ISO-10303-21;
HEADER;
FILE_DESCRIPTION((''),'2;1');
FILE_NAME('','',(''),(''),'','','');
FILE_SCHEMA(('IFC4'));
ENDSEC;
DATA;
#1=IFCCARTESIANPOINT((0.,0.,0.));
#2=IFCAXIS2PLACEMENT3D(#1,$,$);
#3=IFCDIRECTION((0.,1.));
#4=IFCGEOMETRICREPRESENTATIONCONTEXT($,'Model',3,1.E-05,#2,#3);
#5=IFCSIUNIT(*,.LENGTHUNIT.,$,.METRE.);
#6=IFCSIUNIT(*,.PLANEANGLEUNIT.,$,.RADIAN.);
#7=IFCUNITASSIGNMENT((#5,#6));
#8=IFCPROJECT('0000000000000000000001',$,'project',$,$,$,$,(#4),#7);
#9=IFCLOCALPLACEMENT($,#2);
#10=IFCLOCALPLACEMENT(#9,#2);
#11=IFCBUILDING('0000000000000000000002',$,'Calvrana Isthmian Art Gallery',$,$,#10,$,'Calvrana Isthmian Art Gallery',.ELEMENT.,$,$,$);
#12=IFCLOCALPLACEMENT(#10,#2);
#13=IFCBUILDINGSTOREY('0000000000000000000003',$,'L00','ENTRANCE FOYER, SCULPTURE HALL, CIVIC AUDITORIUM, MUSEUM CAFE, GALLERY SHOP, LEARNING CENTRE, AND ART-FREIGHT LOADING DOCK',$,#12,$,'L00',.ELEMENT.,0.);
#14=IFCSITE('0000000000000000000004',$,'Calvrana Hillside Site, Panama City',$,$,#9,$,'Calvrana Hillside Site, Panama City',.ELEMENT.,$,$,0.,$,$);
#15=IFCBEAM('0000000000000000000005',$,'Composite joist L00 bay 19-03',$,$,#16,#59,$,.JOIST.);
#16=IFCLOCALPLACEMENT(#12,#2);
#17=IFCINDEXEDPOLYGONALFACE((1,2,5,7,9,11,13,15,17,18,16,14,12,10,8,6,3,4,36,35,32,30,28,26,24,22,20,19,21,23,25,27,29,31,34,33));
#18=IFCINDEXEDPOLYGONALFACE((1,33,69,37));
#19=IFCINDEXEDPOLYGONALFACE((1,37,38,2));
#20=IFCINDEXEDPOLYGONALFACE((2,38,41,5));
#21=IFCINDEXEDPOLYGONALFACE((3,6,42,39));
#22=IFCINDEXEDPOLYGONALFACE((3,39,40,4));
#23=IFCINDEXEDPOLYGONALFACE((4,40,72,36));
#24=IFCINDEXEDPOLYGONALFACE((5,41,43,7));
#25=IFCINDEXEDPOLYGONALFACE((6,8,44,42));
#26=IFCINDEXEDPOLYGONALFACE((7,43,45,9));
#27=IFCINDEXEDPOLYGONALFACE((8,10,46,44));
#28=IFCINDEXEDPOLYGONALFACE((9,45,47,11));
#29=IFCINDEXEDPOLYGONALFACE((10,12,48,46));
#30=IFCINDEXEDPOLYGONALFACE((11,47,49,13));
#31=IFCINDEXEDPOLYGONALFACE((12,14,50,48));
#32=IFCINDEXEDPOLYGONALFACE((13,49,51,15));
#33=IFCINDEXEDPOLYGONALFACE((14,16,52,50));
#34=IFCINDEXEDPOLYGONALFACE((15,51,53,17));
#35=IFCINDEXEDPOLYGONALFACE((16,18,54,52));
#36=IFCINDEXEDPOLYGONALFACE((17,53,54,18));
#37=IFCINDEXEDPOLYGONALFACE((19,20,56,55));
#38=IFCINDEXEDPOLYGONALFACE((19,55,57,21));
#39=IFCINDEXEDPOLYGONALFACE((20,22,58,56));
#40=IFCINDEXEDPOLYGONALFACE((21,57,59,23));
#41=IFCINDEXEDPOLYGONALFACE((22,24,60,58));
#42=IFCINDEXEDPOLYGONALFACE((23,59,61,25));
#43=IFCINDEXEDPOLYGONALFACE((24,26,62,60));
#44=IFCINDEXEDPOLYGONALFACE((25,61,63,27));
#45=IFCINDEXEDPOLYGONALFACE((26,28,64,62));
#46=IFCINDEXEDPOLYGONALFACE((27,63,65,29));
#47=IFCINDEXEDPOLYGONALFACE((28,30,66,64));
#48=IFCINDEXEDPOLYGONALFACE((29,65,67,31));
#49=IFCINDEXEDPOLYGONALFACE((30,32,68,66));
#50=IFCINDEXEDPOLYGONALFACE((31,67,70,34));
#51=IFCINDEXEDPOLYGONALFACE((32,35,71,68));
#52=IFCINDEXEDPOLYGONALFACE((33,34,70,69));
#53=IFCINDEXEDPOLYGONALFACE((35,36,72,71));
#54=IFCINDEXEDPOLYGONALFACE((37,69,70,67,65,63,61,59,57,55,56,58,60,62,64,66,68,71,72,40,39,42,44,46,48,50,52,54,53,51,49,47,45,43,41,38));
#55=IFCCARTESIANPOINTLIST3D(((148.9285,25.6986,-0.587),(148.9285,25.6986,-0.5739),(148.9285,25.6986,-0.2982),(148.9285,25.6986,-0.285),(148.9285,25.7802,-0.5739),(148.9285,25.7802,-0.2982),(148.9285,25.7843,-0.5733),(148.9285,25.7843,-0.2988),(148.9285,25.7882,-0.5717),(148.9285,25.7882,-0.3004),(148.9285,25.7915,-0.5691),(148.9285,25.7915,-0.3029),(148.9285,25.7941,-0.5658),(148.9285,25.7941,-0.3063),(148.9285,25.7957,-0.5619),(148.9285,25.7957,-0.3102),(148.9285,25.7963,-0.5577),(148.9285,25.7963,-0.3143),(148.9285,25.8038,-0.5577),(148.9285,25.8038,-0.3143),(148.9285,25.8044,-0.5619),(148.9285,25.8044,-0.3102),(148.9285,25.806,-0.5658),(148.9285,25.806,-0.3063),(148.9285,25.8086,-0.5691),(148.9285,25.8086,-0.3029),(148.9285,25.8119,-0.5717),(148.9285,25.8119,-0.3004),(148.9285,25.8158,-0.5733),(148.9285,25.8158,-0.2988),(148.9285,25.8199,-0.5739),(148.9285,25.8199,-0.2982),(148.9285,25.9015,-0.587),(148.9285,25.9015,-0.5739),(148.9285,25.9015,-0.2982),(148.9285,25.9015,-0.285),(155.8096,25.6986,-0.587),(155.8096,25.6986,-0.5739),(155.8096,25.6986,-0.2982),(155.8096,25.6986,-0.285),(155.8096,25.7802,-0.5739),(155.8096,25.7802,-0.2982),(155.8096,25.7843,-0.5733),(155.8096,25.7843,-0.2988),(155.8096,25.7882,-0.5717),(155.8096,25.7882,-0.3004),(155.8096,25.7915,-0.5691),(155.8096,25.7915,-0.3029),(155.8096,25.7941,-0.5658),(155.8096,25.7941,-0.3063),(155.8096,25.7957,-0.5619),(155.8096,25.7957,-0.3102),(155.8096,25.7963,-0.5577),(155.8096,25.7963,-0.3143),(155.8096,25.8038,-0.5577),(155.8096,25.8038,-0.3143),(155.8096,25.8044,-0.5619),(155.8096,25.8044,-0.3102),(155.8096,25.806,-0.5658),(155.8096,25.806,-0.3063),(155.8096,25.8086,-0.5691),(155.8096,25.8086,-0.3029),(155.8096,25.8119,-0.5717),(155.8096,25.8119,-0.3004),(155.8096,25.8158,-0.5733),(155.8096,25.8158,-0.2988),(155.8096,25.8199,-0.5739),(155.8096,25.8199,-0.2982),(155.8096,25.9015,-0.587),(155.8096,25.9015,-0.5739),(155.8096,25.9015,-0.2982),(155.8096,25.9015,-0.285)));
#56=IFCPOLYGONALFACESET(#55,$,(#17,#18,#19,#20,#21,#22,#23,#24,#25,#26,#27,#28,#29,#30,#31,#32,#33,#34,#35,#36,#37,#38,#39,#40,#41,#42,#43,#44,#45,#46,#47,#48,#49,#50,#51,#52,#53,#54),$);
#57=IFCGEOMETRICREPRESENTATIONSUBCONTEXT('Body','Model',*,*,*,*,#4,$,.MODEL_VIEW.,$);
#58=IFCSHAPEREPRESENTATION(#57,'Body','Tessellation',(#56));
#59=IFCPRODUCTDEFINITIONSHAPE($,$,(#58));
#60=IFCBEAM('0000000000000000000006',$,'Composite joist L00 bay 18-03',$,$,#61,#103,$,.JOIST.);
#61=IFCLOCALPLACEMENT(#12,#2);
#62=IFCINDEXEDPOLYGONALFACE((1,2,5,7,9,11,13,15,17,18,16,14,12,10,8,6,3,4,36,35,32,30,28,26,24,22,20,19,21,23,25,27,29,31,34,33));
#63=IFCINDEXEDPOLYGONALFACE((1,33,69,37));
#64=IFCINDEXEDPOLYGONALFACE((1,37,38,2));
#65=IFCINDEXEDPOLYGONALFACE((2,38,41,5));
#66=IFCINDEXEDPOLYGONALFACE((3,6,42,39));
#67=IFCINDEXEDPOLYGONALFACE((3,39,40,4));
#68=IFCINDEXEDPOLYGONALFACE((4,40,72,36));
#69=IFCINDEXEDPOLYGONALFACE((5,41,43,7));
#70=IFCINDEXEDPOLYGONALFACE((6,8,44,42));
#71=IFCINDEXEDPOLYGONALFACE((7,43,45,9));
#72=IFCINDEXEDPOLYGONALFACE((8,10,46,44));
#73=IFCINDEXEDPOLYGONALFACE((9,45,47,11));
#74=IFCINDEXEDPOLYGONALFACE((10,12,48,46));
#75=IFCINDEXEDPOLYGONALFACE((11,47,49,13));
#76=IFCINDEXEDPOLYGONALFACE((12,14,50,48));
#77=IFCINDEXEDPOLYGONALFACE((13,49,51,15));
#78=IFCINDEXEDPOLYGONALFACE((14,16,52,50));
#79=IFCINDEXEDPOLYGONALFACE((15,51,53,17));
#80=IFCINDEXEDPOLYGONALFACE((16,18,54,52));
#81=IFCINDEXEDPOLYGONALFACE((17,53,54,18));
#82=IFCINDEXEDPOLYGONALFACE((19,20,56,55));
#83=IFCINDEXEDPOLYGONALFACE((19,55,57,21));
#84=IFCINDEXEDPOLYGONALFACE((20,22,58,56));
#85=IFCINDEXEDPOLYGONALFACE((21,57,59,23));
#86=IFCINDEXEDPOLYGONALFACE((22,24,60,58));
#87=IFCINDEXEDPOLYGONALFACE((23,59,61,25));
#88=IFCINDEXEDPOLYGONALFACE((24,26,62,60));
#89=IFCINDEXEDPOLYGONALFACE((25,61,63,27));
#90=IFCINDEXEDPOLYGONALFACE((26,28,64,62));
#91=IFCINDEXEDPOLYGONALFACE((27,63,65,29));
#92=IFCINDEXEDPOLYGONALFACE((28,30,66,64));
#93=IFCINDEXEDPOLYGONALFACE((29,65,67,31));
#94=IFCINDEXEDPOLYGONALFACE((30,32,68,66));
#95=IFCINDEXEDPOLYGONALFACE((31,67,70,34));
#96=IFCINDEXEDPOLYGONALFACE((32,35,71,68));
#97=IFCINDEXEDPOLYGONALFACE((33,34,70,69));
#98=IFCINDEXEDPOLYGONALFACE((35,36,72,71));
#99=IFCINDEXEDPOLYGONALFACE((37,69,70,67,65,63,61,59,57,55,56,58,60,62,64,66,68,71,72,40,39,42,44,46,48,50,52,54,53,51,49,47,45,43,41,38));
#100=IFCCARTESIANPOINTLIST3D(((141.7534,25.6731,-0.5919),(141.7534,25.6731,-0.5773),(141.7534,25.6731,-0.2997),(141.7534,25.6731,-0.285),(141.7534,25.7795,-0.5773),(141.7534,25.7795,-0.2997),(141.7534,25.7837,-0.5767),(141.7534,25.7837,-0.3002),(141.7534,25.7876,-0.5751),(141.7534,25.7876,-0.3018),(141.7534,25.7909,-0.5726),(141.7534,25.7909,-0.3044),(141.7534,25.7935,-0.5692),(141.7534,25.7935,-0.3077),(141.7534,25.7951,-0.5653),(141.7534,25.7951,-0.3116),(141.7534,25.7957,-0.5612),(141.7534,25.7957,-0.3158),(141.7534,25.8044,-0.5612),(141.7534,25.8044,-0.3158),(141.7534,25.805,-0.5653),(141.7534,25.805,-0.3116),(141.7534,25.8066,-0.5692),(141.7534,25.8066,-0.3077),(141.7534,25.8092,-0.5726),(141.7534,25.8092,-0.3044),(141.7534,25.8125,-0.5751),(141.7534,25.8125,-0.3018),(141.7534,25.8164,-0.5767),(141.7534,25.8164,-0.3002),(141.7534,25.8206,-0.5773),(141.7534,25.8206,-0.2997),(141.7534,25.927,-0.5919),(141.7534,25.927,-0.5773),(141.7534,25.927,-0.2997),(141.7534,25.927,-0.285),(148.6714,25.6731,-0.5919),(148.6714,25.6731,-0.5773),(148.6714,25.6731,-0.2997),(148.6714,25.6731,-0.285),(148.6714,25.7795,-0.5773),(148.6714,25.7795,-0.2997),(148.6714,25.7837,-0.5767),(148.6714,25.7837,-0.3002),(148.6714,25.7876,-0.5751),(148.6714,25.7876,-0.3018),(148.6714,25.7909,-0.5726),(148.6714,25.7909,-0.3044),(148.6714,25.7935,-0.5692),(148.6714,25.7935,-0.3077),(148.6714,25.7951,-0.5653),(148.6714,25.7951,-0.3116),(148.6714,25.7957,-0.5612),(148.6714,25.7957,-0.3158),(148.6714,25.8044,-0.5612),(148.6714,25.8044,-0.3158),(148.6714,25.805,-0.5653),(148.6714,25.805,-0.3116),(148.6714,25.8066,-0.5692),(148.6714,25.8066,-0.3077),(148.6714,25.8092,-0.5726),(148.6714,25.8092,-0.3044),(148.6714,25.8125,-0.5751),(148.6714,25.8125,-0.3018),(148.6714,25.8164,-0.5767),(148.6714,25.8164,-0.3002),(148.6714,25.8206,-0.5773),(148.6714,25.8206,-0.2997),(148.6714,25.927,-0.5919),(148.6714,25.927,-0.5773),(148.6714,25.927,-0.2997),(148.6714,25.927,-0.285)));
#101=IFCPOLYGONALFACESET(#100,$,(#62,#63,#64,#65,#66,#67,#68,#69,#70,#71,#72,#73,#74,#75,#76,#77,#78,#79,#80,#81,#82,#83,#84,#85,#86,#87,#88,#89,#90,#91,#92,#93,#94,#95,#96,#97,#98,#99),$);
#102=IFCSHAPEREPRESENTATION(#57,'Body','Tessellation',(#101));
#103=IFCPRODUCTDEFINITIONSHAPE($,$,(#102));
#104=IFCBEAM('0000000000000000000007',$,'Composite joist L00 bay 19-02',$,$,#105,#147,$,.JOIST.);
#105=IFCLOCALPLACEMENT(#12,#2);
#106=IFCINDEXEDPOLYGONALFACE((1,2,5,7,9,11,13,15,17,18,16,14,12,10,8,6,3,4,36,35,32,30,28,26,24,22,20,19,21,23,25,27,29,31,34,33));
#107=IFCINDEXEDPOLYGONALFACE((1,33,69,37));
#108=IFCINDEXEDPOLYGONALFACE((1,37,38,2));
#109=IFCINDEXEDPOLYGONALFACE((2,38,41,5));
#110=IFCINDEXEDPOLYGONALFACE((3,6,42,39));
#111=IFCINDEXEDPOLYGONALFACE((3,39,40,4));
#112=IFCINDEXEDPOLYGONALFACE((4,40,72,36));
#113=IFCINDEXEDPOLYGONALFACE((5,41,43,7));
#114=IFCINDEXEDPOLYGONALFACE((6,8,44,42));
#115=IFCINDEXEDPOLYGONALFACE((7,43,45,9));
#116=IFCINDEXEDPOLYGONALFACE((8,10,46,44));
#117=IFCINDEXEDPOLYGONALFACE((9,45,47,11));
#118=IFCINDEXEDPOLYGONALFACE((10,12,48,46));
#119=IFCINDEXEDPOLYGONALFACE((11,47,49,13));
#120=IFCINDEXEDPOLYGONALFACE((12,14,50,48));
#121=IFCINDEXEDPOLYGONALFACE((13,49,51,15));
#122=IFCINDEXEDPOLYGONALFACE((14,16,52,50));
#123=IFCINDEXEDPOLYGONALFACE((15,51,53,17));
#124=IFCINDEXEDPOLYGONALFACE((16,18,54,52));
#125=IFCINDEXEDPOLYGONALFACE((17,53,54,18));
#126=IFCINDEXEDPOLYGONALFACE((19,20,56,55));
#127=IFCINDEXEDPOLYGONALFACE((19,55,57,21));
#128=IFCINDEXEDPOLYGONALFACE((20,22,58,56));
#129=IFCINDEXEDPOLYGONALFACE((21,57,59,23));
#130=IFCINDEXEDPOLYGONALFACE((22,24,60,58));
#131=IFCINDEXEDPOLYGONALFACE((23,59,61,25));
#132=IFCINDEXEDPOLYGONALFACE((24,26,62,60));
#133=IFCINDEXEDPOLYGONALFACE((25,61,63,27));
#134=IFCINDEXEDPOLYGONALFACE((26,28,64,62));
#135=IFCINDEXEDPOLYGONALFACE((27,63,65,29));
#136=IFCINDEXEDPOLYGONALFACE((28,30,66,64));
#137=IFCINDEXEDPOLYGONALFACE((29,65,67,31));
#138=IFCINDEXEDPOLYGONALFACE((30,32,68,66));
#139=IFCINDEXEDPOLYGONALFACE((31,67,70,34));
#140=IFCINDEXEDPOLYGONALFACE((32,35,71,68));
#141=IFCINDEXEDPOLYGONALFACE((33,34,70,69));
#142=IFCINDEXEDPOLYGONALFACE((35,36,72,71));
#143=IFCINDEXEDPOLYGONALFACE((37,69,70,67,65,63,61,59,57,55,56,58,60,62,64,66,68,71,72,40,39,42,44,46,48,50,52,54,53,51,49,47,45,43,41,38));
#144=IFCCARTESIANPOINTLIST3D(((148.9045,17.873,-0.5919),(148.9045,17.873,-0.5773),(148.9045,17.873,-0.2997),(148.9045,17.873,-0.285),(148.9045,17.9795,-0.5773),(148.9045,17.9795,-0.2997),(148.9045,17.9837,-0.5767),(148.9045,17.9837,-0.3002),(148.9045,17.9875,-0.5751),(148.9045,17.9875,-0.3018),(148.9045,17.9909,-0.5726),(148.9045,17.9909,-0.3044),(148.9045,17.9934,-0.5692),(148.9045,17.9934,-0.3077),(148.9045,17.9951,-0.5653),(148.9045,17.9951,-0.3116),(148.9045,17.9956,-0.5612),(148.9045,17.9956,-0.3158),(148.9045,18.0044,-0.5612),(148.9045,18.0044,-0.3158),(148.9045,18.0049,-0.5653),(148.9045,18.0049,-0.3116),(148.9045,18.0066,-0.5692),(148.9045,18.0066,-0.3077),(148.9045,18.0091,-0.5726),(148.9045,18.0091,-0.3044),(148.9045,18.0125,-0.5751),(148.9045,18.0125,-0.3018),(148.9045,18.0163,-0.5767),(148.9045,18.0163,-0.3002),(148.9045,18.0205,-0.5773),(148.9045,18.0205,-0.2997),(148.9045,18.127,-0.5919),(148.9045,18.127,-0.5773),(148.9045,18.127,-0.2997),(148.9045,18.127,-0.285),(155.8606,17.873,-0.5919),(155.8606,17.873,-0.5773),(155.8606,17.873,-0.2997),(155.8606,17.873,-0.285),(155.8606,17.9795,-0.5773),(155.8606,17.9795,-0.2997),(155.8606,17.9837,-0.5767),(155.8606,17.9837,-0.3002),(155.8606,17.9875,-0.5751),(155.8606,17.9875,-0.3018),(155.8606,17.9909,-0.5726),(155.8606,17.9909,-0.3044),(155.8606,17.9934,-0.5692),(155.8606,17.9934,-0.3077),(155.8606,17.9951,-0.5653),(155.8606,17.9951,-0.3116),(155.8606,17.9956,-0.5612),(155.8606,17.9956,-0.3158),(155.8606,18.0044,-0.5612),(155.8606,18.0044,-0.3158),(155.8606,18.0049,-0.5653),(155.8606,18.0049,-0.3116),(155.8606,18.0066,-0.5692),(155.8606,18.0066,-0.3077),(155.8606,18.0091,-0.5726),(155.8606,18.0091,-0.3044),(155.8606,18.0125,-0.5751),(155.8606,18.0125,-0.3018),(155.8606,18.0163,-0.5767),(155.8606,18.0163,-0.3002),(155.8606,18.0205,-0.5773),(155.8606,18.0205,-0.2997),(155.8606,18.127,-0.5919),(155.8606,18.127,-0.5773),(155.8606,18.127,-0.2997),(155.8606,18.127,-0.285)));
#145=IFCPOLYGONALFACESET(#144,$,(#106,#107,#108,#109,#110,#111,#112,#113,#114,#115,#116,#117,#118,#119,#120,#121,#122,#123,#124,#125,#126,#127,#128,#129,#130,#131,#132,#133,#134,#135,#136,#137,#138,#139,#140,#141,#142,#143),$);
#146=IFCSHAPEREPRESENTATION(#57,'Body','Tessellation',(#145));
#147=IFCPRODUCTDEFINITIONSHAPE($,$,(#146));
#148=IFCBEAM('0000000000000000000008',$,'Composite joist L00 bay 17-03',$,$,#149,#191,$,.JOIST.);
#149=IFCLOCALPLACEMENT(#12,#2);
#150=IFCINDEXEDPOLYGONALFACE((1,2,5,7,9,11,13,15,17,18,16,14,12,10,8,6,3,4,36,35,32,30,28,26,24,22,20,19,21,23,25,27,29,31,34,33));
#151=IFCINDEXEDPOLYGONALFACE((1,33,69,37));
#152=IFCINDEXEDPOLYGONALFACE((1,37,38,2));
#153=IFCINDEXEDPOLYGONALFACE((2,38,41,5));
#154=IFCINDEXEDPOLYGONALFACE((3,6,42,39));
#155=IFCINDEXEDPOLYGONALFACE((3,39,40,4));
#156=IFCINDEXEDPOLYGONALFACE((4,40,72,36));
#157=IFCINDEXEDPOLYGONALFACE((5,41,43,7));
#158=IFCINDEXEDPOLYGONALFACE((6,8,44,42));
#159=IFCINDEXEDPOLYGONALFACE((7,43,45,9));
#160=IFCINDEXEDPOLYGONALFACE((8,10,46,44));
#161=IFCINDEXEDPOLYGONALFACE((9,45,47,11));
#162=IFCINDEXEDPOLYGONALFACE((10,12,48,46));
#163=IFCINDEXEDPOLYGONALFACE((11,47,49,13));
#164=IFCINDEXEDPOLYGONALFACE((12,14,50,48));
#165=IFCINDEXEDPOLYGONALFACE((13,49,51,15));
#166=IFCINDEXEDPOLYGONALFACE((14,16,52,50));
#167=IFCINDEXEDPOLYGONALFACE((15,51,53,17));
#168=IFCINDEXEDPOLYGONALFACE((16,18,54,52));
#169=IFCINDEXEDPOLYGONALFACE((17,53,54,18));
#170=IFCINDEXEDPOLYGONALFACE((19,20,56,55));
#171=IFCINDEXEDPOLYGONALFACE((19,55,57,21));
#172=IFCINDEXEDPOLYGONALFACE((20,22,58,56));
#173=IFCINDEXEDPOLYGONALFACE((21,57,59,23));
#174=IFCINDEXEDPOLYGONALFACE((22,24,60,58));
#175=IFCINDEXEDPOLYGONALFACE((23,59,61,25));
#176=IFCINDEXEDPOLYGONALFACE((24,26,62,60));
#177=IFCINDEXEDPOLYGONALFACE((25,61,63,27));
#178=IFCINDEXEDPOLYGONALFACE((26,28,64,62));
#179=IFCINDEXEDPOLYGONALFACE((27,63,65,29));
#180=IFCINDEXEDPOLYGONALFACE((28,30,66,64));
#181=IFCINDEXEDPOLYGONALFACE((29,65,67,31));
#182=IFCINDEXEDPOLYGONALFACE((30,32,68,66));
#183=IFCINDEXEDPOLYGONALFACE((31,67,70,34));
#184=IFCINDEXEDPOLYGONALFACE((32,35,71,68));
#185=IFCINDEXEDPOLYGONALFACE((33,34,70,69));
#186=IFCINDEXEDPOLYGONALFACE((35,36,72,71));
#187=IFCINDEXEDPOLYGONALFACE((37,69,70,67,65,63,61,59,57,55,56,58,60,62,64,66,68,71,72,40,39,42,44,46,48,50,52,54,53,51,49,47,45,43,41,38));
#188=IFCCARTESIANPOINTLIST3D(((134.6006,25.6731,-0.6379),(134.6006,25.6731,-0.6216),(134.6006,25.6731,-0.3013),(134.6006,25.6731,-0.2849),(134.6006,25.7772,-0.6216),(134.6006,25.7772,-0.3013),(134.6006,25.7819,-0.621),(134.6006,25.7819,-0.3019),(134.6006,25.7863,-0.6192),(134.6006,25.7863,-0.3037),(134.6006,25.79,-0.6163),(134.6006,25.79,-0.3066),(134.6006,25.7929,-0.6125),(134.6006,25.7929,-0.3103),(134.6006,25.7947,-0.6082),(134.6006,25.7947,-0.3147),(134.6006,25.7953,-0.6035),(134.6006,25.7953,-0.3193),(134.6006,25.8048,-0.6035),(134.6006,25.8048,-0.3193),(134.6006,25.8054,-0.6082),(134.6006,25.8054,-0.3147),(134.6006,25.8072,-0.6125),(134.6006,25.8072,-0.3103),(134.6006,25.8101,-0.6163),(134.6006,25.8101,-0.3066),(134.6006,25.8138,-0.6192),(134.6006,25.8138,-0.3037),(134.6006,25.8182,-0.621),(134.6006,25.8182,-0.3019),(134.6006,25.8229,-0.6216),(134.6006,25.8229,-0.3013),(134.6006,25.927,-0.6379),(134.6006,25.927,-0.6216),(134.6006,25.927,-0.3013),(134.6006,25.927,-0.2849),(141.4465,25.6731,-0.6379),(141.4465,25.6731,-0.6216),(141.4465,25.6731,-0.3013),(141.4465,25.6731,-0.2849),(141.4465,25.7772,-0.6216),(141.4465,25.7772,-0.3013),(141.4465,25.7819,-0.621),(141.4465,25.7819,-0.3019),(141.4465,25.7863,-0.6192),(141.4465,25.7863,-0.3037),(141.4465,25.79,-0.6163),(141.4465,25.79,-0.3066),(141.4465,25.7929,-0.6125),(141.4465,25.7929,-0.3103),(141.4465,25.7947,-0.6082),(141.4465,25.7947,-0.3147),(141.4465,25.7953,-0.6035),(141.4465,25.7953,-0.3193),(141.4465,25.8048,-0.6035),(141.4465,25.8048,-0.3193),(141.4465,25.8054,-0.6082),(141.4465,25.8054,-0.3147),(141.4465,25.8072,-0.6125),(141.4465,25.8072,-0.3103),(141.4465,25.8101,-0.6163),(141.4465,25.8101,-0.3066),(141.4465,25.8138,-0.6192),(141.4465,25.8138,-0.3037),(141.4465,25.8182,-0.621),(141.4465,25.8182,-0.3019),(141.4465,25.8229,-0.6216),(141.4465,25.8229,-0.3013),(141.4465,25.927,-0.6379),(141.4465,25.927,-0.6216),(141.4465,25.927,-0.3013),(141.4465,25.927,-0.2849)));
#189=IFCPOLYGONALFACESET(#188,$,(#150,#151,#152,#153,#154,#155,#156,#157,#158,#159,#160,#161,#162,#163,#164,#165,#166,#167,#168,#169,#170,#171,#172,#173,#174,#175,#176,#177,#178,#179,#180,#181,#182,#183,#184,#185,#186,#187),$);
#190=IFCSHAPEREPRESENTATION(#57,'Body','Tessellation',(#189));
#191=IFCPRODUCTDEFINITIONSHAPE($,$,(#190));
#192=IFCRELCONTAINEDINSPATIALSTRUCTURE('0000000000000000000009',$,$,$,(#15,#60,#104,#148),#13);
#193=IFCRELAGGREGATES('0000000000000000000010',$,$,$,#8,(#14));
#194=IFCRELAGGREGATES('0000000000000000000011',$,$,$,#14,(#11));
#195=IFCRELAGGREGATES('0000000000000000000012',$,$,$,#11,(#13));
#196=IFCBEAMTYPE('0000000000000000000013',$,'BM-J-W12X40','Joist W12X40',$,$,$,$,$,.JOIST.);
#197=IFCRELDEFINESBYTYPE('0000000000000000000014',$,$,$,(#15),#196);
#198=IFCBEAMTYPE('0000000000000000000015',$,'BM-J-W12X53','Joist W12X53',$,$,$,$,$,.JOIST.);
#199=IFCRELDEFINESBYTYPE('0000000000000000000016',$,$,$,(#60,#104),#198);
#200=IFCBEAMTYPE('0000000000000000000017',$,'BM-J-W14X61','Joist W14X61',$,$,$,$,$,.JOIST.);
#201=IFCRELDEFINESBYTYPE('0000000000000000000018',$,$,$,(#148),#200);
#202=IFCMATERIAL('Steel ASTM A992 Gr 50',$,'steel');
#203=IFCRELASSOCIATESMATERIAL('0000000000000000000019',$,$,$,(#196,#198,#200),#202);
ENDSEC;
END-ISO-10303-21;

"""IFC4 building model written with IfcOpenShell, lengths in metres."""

from ifc_helpers import new_model, si_unit, direction, frame, origin, origin_2d, place, context, subcontext, project, spatial, i_section, extrude, material, material_profile, profile_set, type_object, element, save


model = new_model("IFC4")

# Units and contexts
model_context = context("Model", 3, precision=1e-05, world=origin(), true_north=direction((0.0, 1.0)))
body_context = subcontext(model_context, "Body", "Model", "MODEL_VIEW")
ifc_project = project(units=[si_unit("LENGTHUNIT", "METRE"), si_unit("PLANEANGLEUNIT", "RADIAN")], contexts=[model_context])

# Site, building, storey
site_placement = place(None, origin())
site = spatial("IfcSite", under=ifc_project, at=site_placement, Name="Calvrana Hillside Site, Panama City", LongName="Calvrana Hillside Site, Panama City", CompositionType="ELEMENT", RefElevation=0.0)
building_placement = place(site_placement, origin())
building = spatial("IfcBuilding", under=site, at=building_placement, Name="Calvrana Isthmian Art Gallery", LongName="Calvrana Isthmian Art Gallery", CompositionType="ELEMENT")
storey_placement = place(building_placement, origin())
storey = spatial("IfcBuildingStorey", under=building, at=storey_placement, Name="L00", Description="ENTRANCE FOYER, SCULPTURE HALL, CIVIC AUDITORIUM, MUSEUM CAFE, GALLERY SHOP, LEARNING CENTRE, AND ART-FREIGHT LOADING DOCK", LongName="L00", CompositionType="ELEMENT", Elevation=0.0)

# Shared definitions
ifc_material_1 = material(Name="Steel ASTM A992 Gr 50", Category="steel")

# Beams
ifc_material_profile_1 = material_profile(ifc_material_1, i_section(OverallWidth=0.2029, OverallDepth=0.302, WebThickness=0.0076, FlangeThickness=0.0132, FilletRadius=0.0161, at=origin_2d()), Name="W12X40")
ifc_profile_set_1 = profile_set([ifc_material_profile_1], Name="Steel ASTM A992 Gr 50")
beam_type_1 = type_object("IfcBeamType", Name="BM-J-W12X40", Description="Joist W12X40", PredefinedType="JOIST", material=ifc_profile_set_1)
beam_1_placement = place(storey_placement, frame((148.9285, 25.8, -0.436), z_axis=(1.0, 0.0, 0.0), x_axis=(0.0, 1.0, 0.0)))
element("IfcBeam", 1, at=beam_1_placement, inside=storey, type_object=beam_type_1, Name="Composite joist L00 bay 19-03", PredefinedType="JOIST", context=body_context, shape_type="SweptSolid", body=[
    extrude(i_section(OverallWidth=0.2029, OverallDepth=0.302, WebThickness=0.0076, FlangeThickness=0.0132, FilletRadius=0.0161, at=origin_2d()), origin(), (0.0, 0.0, 1.0), 6.8811),
])
ifc_material_profile_2 = material_profile(ifc_material_1, i_section(OverallWidth=0.2539, OverallDepth=0.3069, WebThickness=0.0088, FlangeThickness=0.0146, FilletRadius=0.0161, at=origin_2d()), Name="W12X53")
ifc_profile_set_2 = profile_set([ifc_material_profile_2], Name="Steel ASTM A992 Gr 50")
beam_type_2 = type_object("IfcBeamType", Name="BM-J-W12X53", Description="Joist W12X53", PredefinedType="JOIST", material=ifc_profile_set_2)
beam_2_placement = place(storey_placement, frame((141.7534, 25.8, -0.4385), z_axis=(1.0, 0.0, 0.0), x_axis=(0.0, 1.0, 0.0)))
element("IfcBeam", 2, at=beam_2_placement, inside=storey, type_object=beam_type_2, Name="Composite joist L00 bay 18-03", PredefinedType="JOIST", context=body_context, shape_type="SweptSolid", body=[
    extrude(i_section(OverallWidth=0.2539, OverallDepth=0.3069, WebThickness=0.0088, FlangeThickness=0.0146, FilletRadius=0.0161, at=origin_2d()), origin(), (0.0, 0.0, 1.0), 6.918),
])
beam_3_placement = place(storey_placement, frame((148.9045, 18.0, -0.4385), z_axis=(1.0, 0.0, 0.0), x_axis=(0.0, 1.0, 0.0)))
element("IfcBeam", 3, at=beam_3_placement, inside=storey, type_object=beam_type_2, Name="Composite joist L00 bay 19-02", PredefinedType="JOIST", context=body_context, shape_type="SweptSolid", body=[
    extrude(i_section(OverallWidth=0.2539, OverallDepth=0.3069, WebThickness=0.0088, FlangeThickness=0.0146, FilletRadius=0.0161, at=origin_2d()), origin(), (0.0, 0.0, 1.0), 6.9561),
])
ifc_material_profile_3 = material_profile(ifc_material_1, i_section(OverallWidth=0.2539, OverallDepth=0.353, WebThickness=0.0095, FlangeThickness=0.0164, FilletRadius=0.0181, at=origin_2d()), Name="W14X61")
ifc_profile_set_3 = profile_set([ifc_material_profile_3], Name="Steel ASTM A992 Gr 50")
beam_type_3 = type_object("IfcBeamType", Name="BM-J-W14X61", Description="Joist W14X61", PredefinedType="JOIST", material=ifc_profile_set_3)
beam_4_placement = place(storey_placement, frame((134.6006, 25.8, -0.4614), z_axis=(1.0, 0.0, 0.0), x_axis=(0.0, 1.0, 0.0)))
element("IfcBeam", 4, at=beam_4_placement, inside=storey, type_object=beam_type_3, Name="Composite joist L00 bay 17-03", PredefinedType="JOIST", context=body_context, shape_type="SweptSolid", body=[
    extrude(i_section(OverallWidth=0.2539, OverallDepth=0.353, WebThickness=0.0095, FlangeThickness=0.0164, FilletRadius=0.0181, at=origin_2d()), origin(), (0.0, 0.0, 1.0), 6.8459),
])

save(model, "model.ifc")
